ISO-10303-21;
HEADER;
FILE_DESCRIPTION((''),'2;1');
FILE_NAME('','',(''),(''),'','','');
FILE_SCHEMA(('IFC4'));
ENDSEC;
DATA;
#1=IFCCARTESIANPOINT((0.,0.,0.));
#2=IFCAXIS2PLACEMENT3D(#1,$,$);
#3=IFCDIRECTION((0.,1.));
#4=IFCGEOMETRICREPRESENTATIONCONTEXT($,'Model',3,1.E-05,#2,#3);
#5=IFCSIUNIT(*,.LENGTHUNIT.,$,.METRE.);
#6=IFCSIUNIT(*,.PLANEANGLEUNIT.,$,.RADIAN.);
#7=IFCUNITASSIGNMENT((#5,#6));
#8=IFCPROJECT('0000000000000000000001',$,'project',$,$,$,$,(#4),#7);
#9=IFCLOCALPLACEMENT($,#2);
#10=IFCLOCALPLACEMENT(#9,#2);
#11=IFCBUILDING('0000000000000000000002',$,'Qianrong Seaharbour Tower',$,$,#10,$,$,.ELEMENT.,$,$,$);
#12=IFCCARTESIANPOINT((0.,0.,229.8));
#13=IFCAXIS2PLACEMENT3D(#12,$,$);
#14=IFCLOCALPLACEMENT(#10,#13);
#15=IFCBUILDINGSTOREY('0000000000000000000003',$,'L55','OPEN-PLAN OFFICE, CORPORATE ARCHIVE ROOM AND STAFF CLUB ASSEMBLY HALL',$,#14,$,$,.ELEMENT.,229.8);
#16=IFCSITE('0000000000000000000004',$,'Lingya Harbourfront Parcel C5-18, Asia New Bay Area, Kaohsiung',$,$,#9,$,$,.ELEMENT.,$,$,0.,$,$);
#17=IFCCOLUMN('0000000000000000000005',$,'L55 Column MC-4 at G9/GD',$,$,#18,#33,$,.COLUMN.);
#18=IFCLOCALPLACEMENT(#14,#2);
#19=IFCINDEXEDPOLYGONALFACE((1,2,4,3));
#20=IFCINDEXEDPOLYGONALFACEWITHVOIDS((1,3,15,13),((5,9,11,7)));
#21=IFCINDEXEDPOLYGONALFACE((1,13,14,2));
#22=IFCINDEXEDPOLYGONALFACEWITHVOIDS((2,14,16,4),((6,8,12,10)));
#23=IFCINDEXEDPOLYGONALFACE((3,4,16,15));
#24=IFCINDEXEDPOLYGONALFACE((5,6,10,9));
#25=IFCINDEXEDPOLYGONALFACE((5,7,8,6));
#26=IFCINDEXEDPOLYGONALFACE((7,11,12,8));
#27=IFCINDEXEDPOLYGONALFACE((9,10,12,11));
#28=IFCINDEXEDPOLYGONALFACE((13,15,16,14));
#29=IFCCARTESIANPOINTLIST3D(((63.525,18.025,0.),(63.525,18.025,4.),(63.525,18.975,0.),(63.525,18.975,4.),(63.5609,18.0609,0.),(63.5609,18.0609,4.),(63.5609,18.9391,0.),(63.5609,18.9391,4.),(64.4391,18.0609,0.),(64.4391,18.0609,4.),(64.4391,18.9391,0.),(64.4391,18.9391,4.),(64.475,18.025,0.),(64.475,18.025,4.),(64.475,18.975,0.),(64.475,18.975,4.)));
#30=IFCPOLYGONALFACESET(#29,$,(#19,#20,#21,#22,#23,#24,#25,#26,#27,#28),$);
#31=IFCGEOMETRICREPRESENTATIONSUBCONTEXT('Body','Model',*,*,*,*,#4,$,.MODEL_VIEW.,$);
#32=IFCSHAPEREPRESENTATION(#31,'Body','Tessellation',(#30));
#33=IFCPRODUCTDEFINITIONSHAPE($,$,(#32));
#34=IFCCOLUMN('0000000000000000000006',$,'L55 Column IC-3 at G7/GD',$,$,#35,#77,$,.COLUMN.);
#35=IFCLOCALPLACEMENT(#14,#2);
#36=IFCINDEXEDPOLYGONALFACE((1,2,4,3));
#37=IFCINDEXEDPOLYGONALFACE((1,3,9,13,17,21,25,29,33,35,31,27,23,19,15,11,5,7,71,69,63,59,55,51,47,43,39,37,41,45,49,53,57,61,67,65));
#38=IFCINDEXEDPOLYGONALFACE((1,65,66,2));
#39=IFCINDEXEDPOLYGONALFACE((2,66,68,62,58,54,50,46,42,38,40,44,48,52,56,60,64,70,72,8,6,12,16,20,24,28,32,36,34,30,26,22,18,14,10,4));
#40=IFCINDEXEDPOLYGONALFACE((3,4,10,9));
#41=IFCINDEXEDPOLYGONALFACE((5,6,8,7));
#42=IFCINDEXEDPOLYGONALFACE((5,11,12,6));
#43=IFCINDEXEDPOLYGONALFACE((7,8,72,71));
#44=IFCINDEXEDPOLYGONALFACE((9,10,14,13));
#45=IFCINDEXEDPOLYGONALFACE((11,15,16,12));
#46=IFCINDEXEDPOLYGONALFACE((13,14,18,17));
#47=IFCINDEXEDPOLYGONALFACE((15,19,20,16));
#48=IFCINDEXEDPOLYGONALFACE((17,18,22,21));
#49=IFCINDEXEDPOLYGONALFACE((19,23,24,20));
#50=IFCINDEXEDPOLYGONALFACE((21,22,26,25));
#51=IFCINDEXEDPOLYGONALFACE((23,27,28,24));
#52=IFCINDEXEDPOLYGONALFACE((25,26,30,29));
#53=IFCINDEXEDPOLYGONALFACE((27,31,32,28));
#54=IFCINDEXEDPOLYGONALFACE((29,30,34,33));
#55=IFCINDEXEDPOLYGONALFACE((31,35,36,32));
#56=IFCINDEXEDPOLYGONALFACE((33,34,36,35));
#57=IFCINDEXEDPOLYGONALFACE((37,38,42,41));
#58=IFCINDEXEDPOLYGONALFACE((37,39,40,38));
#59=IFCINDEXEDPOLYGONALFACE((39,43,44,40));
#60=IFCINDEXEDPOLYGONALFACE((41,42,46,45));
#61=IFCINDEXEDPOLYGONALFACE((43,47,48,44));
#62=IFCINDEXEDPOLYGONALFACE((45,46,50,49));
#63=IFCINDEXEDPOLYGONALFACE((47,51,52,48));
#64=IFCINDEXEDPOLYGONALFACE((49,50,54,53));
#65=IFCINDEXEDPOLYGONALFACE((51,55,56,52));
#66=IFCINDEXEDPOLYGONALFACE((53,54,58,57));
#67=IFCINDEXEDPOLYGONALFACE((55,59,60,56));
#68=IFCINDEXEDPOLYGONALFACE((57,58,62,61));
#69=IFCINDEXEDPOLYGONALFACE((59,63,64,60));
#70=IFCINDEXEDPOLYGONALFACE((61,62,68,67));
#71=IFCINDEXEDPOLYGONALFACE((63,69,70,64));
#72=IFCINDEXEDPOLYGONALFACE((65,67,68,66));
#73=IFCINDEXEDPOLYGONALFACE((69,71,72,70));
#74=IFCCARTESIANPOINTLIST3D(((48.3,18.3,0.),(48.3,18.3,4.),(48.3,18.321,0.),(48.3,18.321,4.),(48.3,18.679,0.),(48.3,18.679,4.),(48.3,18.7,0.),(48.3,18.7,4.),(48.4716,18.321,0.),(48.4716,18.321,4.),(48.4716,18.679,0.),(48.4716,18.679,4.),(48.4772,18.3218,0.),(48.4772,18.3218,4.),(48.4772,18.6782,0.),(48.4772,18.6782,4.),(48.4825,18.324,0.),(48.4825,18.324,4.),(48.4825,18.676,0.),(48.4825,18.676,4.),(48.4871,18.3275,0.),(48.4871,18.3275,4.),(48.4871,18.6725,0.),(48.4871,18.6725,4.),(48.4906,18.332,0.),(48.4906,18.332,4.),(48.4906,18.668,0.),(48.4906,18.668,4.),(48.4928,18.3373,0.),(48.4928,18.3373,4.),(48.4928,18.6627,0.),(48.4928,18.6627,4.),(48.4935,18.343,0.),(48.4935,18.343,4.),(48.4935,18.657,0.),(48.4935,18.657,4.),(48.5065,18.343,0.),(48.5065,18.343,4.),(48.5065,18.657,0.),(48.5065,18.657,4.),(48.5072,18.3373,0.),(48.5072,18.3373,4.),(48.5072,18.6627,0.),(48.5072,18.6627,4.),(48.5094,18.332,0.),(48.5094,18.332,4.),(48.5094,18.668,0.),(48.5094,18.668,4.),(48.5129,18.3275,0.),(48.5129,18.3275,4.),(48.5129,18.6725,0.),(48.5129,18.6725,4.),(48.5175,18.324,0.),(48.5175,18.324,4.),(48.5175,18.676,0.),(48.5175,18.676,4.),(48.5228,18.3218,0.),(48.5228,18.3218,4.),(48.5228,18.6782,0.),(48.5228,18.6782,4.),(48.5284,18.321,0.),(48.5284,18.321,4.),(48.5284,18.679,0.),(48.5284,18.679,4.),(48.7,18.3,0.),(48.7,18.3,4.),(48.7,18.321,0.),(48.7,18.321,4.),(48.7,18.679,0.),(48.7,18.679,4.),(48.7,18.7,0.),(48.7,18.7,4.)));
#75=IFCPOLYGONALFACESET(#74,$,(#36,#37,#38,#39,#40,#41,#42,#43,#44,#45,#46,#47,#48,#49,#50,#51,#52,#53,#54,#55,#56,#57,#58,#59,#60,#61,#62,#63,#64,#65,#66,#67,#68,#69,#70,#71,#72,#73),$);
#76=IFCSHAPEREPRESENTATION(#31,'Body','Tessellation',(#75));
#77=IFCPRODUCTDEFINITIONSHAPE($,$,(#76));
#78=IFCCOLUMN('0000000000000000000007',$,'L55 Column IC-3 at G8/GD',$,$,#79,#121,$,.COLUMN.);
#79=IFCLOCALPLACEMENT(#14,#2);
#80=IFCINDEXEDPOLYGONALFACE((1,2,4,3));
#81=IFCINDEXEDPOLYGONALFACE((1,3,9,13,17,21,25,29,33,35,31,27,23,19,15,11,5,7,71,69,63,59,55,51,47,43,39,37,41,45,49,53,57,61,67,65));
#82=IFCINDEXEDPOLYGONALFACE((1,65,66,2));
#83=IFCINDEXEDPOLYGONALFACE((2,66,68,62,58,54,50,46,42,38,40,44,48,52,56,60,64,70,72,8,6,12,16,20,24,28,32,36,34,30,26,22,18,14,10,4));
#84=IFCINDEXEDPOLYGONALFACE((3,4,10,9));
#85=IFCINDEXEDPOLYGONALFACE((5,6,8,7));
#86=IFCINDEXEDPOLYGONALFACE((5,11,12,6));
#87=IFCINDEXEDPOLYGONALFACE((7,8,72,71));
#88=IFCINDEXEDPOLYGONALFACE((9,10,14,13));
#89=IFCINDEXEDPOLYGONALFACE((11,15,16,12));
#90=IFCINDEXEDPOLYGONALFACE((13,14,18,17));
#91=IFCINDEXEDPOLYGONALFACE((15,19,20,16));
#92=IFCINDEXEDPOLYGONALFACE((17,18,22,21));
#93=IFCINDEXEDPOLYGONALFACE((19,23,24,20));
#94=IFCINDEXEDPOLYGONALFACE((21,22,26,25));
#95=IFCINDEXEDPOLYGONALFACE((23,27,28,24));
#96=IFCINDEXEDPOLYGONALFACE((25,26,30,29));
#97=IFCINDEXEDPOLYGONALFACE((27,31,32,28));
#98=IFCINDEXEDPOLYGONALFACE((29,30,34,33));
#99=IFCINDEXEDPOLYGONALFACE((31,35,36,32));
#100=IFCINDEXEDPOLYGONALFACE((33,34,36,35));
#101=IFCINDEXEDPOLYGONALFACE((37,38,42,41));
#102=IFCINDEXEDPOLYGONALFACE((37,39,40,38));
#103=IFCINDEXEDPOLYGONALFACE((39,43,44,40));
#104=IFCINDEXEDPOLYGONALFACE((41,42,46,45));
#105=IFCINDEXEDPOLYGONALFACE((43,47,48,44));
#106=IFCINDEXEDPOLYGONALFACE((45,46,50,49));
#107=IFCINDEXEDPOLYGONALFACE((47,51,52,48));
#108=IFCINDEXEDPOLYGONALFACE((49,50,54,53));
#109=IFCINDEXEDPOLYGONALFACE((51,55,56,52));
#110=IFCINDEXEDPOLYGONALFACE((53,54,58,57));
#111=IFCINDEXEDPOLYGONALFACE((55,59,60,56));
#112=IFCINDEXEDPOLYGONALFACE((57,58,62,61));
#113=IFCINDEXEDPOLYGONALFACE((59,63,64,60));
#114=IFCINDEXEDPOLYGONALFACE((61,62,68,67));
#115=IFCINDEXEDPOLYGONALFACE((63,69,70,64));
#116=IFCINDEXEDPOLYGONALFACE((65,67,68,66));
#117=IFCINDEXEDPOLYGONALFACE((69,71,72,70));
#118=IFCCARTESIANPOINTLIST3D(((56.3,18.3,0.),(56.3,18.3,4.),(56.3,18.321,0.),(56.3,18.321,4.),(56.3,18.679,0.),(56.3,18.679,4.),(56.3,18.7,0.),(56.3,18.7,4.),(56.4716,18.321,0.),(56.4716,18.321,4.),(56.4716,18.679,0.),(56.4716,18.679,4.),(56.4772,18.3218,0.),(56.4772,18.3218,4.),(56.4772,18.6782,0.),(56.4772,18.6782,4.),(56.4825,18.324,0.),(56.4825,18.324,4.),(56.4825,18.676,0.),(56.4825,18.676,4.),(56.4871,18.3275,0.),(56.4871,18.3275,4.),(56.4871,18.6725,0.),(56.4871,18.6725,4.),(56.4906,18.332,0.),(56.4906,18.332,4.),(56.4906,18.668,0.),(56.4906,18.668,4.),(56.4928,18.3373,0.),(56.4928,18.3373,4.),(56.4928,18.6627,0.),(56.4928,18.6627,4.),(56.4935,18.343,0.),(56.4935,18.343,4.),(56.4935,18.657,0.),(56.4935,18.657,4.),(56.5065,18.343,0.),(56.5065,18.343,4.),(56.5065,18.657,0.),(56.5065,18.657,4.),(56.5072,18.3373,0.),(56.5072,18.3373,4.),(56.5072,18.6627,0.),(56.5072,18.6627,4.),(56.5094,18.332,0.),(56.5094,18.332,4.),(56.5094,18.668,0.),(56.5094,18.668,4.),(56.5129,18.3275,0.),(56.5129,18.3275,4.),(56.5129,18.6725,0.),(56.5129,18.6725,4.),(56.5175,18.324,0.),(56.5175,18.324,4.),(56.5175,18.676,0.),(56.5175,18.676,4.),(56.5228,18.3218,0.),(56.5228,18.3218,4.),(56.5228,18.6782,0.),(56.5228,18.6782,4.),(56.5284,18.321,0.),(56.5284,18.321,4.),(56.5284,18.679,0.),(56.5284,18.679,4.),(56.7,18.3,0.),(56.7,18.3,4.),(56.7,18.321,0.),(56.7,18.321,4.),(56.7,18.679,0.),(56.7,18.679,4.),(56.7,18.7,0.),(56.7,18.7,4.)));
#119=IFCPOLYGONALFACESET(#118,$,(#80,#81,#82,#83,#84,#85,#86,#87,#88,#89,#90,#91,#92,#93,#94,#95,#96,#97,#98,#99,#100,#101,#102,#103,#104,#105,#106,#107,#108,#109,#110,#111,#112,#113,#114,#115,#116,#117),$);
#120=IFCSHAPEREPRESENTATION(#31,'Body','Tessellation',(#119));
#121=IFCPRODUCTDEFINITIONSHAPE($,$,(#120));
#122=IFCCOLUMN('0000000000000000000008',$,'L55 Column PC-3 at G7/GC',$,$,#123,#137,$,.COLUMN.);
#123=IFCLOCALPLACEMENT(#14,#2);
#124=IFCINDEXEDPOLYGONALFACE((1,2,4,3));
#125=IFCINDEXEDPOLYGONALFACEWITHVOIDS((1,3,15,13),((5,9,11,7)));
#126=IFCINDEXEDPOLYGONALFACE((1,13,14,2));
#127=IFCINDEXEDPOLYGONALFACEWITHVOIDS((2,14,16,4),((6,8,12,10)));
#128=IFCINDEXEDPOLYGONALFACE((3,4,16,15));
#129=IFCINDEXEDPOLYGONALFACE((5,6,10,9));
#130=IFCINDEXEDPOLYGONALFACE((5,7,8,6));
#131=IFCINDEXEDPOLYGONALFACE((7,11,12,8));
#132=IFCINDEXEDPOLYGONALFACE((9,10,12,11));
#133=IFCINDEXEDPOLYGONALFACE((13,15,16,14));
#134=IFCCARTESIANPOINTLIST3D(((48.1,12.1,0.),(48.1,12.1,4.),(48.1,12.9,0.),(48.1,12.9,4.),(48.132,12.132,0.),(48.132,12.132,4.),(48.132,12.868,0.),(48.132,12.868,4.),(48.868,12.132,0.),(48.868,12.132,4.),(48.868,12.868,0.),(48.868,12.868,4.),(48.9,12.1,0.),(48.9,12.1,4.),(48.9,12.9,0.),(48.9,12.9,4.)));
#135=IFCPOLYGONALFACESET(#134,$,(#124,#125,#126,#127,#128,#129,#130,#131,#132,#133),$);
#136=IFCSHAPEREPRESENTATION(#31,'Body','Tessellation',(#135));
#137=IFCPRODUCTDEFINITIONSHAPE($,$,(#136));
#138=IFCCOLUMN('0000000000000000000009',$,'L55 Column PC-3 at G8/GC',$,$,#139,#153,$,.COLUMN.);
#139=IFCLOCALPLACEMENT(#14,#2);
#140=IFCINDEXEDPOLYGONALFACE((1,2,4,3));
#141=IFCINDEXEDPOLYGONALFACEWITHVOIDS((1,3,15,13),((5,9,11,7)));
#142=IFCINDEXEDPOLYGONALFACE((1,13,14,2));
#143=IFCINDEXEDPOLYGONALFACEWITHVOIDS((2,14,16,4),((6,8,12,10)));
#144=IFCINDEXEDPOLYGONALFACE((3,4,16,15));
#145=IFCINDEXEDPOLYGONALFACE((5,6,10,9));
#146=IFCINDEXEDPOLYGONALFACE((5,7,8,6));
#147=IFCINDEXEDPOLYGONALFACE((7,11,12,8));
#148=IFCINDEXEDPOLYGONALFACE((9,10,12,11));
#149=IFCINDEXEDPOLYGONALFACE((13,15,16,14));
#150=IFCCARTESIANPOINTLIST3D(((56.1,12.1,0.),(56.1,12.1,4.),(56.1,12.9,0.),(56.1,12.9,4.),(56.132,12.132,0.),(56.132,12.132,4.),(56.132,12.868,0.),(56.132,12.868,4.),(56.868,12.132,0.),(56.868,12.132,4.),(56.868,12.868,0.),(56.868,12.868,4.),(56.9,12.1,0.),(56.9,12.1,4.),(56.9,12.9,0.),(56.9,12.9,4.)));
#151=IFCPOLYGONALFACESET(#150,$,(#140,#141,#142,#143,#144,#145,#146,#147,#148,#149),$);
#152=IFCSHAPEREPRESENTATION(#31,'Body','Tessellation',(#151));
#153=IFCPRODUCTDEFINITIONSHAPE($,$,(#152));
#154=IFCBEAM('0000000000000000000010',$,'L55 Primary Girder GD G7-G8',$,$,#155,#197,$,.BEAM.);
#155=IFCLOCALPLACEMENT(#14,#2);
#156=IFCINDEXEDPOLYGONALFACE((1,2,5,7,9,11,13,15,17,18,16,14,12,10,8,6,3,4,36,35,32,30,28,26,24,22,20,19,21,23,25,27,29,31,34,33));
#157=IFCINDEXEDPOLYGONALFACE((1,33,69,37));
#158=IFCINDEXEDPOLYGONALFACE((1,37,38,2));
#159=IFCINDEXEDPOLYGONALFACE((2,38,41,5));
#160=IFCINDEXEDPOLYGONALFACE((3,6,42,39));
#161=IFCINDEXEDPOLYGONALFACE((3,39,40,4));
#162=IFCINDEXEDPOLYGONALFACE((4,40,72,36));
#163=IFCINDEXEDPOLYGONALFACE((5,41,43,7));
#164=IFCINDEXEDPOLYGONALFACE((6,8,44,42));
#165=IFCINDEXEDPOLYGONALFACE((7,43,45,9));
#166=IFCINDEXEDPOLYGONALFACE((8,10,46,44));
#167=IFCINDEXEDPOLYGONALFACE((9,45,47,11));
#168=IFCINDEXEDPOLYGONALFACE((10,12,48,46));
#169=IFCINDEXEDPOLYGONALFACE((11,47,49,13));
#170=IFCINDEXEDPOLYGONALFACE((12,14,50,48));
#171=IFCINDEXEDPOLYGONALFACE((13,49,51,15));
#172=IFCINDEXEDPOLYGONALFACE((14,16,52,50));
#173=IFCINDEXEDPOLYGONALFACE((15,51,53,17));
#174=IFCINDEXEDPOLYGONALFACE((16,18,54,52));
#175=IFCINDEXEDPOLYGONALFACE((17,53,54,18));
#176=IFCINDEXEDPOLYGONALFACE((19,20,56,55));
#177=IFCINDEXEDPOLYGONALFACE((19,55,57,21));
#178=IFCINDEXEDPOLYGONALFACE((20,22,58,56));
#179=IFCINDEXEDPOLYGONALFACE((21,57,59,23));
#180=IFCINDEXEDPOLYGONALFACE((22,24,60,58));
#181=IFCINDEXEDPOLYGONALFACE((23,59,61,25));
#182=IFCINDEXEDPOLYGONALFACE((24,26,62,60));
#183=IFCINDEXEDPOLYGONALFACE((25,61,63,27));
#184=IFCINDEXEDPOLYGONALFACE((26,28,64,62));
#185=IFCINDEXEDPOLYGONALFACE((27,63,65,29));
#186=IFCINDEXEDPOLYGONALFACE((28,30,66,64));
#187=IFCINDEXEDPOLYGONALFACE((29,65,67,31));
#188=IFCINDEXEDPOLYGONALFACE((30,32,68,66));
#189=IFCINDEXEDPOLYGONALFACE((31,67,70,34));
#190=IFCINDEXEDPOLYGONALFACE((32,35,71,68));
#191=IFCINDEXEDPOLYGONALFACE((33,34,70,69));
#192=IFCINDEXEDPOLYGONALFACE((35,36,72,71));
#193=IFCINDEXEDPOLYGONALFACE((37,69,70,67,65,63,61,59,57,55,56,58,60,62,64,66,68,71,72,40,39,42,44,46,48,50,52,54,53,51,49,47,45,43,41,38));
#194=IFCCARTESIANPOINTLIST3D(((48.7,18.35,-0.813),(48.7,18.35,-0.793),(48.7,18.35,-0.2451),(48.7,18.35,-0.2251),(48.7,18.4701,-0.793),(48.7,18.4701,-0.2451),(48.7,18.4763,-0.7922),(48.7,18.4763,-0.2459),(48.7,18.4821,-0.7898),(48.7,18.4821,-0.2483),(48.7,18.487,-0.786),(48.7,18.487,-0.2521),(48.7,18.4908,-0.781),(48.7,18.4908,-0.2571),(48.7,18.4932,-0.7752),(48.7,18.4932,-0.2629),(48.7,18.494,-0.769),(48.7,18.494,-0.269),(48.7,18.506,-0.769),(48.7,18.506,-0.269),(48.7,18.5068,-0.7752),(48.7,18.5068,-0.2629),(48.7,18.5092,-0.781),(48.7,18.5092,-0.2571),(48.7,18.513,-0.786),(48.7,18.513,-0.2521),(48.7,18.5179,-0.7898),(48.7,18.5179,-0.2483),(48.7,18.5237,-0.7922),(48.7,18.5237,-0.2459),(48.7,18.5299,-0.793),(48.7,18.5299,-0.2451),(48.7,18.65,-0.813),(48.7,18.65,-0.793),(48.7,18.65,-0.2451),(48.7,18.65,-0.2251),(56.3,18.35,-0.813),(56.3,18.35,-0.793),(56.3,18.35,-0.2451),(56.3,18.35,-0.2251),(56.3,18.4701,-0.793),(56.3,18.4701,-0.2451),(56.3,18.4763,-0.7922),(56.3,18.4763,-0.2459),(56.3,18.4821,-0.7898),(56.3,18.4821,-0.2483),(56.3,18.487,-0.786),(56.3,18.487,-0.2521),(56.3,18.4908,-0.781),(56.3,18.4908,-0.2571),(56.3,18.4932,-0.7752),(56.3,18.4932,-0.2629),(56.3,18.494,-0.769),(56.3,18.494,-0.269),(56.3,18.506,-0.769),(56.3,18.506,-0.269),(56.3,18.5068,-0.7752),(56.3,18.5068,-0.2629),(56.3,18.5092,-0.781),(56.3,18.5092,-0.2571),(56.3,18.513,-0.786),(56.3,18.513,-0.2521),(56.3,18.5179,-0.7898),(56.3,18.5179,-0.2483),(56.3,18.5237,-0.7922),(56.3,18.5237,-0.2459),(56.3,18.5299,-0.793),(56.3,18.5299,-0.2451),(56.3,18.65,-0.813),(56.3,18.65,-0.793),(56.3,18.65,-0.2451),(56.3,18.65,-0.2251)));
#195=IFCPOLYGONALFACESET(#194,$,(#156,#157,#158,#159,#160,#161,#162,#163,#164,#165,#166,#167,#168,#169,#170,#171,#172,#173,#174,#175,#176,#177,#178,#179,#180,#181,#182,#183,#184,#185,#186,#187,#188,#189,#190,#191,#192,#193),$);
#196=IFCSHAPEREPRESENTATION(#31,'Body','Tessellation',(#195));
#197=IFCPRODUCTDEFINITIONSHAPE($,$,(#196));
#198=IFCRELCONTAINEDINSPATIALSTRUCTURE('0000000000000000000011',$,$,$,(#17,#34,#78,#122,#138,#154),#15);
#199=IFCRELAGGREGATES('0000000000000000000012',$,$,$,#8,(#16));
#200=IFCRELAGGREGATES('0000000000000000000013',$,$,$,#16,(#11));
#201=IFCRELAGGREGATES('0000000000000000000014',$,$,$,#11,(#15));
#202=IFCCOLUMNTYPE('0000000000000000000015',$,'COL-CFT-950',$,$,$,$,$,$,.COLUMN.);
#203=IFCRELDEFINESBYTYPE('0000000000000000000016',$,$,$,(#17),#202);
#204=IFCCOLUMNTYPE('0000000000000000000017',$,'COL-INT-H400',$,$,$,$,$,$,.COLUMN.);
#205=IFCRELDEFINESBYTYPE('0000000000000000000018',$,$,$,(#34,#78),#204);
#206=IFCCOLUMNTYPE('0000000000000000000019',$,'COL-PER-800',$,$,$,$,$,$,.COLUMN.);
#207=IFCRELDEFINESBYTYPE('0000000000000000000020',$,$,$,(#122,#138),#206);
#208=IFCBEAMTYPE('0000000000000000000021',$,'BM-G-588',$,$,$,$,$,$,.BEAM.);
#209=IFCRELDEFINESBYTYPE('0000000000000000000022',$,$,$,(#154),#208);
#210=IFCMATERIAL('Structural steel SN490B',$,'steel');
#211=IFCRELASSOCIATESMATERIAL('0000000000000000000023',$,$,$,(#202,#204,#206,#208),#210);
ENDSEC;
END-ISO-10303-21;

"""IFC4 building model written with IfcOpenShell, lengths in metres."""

from ifc_helpers import new_model, si_unit, direction, frame, origin, origin_2d, place, context, subcontext, project, spatial, hollow_rectangle, i_section, extrude, material, material_profile, profile_set, type_object, element, save


model = new_model("IFC4")

# Units and contexts
model_context = context("Model", 3, precision=1e-05, world=origin(), true_north=direction((0.0, 1.0)))
body_context = subcontext(model_context, "Body", "Model", "MODEL_VIEW")
ifc_project = project(units=[si_unit("LENGTHUNIT", "METRE"), si_unit("PLANEANGLEUNIT", "RADIAN")], contexts=[model_context])

# Site, building, storey
site_placement = place(None, origin())
site = spatial("IfcSite", under=ifc_project, at=site_placement, Name="Lingya Harbourfront Parcel C5-18, Asia New Bay Area, Kaohsiung", CompositionType="ELEMENT", RefElevation=0.0)
building_placement = place(site_placement, origin())
building = spatial("IfcBuilding", under=site, at=building_placement, Name="Qianrong Seaharbour Tower", CompositionType="ELEMENT")
storey_placement = place(building_placement, frame((0.0, 0.0, 229.8)))
storey = spatial("IfcBuildingStorey", under=building, at=storey_placement, Name="L55", Description="OPEN-PLAN OFFICE, CORPORATE ARCHIVE ROOM AND STAFF CLUB ASSEMBLY HALL", CompositionType="ELEMENT", Elevation=229.8)

# Columns
ifc_material_1 = material(Name="Structural steel SN490B", Category="steel")
ifc_material_profile_1 = material_profile(ifc_material_1, hollow_rectangle(XDim=0.95, YDim=0.95, WallThickness=0.0359, at=origin_2d()), Name="BOX950x950x36")
ifc_profile_set_1 = profile_set([ifc_material_profile_1], Name="Structural steel SN490B")
column_type_1 = type_object("IfcColumnType", Name="COL-CFT-950", PredefinedType="COLUMN", material=ifc_profile_set_1)
column_placement = place(storey_placement, frame((64.0, 18.5, 0.0), z_axis=(0.0, 0.0, 1.0), x_axis=(1.0, 0.0, 0.0)))
element("IfcColumn", 1, at=column_placement, inside=storey, type_object=column_type_1, Name="L55 Column MC-4 at G9/GD", PredefinedType="COLUMN", context=body_context, shape_type="SweptSolid", body=[
    extrude(hollow_rectangle(XDim=0.95, YDim=0.95, WallThickness=0.0359, at=origin_2d()), origin(), (0.0, 0.0, 1.0), 4.0),
])
ifc_material_profile_2 = material_profile(ifc_material_1, i_section(OverallWidth=0.3999, OverallDepth=0.3999, WebThickness=0.0129, FlangeThickness=0.021, FilletRadius=0.022, at=origin_2d()), Name="H400x400x13x21")
ifc_profile_set_2 = profile_set([ifc_material_profile_2], Name="Structural steel SN490B")
column_type_2 = type_object("IfcColumnType", Name="COL-INT-H400", PredefinedType="COLUMN", material=ifc_profile_set_2)
for number, where, z_axis, x_axis, name in (
    (2, (48.5, 18.5, 0.0), (0.0, 0.0, 1.0), (1.0, 0.0, 0.0), "L55 Column IC-3 at G7/GD"),
    (3, (56.5, 18.5, 0.0), (0.0, 0.0, 1.0), (1.0, 0.0, 0.0), "L55 Column IC-3 at G8/GD"),
):
    element("IfcColumn", number, at=place(storey_placement, frame(where, z_axis=z_axis, x_axis=x_axis)), inside=storey, type_object=column_type_2, Name=name, PredefinedType="COLUMN", context=body_context, shape_type="SweptSolid", body=[
        extrude(i_section(OverallWidth=0.3999, OverallDepth=0.3999, WebThickness=0.0129, FlangeThickness=0.021, FilletRadius=0.022, at=origin_2d()), origin(), (0.0, 0.0, 1.0), 4.0),
    ])
ifc_material_profile_3 = material_profile(ifc_material_1, hollow_rectangle(XDim=0.8, YDim=0.8, WallThickness=0.032, at=origin_2d()), Name="BOX800x800x32")
ifc_profile_set_3 = profile_set([ifc_material_profile_3], Name="Structural steel SN490B")
column_type_3 = type_object("IfcColumnType", Name="COL-PER-800", PredefinedType="COLUMN", material=ifc_profile_set_3)
for number, where, z_axis, x_axis, name in (
    (4, (48.5, 12.5, 0.0), (0.0, 0.0, 1.0), (1.0, 0.0, 0.0), "L55 Column PC-3 at G7/GC"),
    (5, (56.5, 12.5, 0.0), (0.0, 0.0, 1.0), (1.0, 0.0, 0.0), "L55 Column PC-3 at G8/GC"),
):
    element("IfcColumn", number, at=place(storey_placement, frame(where, z_axis=z_axis, x_axis=x_axis)), inside=storey, type_object=column_type_3, Name=name, PredefinedType="COLUMN", context=body_context, shape_type="SweptSolid", body=[
        extrude(hollow_rectangle(XDim=0.8, YDim=0.8, WallThickness=0.032, at=origin_2d()), origin(), (0.0, 0.0, 1.0), 4.0),
    ])

# Beam
ifc_material_profile_4 = material_profile(ifc_material_1, i_section(OverallWidth=0.3, OverallDepth=0.5879, WebThickness=0.012, FlangeThickness=0.02, FilletRadius=0.0239, at=origin_2d()), Name="H588x300x12x20")
ifc_profile_set_4 = profile_set([ifc_material_profile_4], Name="Structural steel SN490B")
beam_type_1 = type_object("IfcBeamType", Name="BM-G-588", PredefinedType="BEAM", material=ifc_profile_set_4)
beam_1_placement = place(storey_placement, frame((48.7, 18.5, -0.519), z_axis=(1.0, 0.0, 0.0), x_axis=(0.0, 1.0, 0.0)))
element("IfcBeam", 6, at=beam_1_placement, inside=storey, type_object=beam_type_1, Name="L55 Primary Girder GD G7-G8", PredefinedType="BEAM", context=body_context, shape_type="SweptSolid", body=[
    extrude(i_section(OverallWidth=0.3, OverallDepth=0.5879, WebThickness=0.012, FlangeThickness=0.02, FilletRadius=0.0239, at=origin_2d()), origin(), (0.0, 0.0, 1.0), 7.6001),
])

save(model, "model.ifc")
